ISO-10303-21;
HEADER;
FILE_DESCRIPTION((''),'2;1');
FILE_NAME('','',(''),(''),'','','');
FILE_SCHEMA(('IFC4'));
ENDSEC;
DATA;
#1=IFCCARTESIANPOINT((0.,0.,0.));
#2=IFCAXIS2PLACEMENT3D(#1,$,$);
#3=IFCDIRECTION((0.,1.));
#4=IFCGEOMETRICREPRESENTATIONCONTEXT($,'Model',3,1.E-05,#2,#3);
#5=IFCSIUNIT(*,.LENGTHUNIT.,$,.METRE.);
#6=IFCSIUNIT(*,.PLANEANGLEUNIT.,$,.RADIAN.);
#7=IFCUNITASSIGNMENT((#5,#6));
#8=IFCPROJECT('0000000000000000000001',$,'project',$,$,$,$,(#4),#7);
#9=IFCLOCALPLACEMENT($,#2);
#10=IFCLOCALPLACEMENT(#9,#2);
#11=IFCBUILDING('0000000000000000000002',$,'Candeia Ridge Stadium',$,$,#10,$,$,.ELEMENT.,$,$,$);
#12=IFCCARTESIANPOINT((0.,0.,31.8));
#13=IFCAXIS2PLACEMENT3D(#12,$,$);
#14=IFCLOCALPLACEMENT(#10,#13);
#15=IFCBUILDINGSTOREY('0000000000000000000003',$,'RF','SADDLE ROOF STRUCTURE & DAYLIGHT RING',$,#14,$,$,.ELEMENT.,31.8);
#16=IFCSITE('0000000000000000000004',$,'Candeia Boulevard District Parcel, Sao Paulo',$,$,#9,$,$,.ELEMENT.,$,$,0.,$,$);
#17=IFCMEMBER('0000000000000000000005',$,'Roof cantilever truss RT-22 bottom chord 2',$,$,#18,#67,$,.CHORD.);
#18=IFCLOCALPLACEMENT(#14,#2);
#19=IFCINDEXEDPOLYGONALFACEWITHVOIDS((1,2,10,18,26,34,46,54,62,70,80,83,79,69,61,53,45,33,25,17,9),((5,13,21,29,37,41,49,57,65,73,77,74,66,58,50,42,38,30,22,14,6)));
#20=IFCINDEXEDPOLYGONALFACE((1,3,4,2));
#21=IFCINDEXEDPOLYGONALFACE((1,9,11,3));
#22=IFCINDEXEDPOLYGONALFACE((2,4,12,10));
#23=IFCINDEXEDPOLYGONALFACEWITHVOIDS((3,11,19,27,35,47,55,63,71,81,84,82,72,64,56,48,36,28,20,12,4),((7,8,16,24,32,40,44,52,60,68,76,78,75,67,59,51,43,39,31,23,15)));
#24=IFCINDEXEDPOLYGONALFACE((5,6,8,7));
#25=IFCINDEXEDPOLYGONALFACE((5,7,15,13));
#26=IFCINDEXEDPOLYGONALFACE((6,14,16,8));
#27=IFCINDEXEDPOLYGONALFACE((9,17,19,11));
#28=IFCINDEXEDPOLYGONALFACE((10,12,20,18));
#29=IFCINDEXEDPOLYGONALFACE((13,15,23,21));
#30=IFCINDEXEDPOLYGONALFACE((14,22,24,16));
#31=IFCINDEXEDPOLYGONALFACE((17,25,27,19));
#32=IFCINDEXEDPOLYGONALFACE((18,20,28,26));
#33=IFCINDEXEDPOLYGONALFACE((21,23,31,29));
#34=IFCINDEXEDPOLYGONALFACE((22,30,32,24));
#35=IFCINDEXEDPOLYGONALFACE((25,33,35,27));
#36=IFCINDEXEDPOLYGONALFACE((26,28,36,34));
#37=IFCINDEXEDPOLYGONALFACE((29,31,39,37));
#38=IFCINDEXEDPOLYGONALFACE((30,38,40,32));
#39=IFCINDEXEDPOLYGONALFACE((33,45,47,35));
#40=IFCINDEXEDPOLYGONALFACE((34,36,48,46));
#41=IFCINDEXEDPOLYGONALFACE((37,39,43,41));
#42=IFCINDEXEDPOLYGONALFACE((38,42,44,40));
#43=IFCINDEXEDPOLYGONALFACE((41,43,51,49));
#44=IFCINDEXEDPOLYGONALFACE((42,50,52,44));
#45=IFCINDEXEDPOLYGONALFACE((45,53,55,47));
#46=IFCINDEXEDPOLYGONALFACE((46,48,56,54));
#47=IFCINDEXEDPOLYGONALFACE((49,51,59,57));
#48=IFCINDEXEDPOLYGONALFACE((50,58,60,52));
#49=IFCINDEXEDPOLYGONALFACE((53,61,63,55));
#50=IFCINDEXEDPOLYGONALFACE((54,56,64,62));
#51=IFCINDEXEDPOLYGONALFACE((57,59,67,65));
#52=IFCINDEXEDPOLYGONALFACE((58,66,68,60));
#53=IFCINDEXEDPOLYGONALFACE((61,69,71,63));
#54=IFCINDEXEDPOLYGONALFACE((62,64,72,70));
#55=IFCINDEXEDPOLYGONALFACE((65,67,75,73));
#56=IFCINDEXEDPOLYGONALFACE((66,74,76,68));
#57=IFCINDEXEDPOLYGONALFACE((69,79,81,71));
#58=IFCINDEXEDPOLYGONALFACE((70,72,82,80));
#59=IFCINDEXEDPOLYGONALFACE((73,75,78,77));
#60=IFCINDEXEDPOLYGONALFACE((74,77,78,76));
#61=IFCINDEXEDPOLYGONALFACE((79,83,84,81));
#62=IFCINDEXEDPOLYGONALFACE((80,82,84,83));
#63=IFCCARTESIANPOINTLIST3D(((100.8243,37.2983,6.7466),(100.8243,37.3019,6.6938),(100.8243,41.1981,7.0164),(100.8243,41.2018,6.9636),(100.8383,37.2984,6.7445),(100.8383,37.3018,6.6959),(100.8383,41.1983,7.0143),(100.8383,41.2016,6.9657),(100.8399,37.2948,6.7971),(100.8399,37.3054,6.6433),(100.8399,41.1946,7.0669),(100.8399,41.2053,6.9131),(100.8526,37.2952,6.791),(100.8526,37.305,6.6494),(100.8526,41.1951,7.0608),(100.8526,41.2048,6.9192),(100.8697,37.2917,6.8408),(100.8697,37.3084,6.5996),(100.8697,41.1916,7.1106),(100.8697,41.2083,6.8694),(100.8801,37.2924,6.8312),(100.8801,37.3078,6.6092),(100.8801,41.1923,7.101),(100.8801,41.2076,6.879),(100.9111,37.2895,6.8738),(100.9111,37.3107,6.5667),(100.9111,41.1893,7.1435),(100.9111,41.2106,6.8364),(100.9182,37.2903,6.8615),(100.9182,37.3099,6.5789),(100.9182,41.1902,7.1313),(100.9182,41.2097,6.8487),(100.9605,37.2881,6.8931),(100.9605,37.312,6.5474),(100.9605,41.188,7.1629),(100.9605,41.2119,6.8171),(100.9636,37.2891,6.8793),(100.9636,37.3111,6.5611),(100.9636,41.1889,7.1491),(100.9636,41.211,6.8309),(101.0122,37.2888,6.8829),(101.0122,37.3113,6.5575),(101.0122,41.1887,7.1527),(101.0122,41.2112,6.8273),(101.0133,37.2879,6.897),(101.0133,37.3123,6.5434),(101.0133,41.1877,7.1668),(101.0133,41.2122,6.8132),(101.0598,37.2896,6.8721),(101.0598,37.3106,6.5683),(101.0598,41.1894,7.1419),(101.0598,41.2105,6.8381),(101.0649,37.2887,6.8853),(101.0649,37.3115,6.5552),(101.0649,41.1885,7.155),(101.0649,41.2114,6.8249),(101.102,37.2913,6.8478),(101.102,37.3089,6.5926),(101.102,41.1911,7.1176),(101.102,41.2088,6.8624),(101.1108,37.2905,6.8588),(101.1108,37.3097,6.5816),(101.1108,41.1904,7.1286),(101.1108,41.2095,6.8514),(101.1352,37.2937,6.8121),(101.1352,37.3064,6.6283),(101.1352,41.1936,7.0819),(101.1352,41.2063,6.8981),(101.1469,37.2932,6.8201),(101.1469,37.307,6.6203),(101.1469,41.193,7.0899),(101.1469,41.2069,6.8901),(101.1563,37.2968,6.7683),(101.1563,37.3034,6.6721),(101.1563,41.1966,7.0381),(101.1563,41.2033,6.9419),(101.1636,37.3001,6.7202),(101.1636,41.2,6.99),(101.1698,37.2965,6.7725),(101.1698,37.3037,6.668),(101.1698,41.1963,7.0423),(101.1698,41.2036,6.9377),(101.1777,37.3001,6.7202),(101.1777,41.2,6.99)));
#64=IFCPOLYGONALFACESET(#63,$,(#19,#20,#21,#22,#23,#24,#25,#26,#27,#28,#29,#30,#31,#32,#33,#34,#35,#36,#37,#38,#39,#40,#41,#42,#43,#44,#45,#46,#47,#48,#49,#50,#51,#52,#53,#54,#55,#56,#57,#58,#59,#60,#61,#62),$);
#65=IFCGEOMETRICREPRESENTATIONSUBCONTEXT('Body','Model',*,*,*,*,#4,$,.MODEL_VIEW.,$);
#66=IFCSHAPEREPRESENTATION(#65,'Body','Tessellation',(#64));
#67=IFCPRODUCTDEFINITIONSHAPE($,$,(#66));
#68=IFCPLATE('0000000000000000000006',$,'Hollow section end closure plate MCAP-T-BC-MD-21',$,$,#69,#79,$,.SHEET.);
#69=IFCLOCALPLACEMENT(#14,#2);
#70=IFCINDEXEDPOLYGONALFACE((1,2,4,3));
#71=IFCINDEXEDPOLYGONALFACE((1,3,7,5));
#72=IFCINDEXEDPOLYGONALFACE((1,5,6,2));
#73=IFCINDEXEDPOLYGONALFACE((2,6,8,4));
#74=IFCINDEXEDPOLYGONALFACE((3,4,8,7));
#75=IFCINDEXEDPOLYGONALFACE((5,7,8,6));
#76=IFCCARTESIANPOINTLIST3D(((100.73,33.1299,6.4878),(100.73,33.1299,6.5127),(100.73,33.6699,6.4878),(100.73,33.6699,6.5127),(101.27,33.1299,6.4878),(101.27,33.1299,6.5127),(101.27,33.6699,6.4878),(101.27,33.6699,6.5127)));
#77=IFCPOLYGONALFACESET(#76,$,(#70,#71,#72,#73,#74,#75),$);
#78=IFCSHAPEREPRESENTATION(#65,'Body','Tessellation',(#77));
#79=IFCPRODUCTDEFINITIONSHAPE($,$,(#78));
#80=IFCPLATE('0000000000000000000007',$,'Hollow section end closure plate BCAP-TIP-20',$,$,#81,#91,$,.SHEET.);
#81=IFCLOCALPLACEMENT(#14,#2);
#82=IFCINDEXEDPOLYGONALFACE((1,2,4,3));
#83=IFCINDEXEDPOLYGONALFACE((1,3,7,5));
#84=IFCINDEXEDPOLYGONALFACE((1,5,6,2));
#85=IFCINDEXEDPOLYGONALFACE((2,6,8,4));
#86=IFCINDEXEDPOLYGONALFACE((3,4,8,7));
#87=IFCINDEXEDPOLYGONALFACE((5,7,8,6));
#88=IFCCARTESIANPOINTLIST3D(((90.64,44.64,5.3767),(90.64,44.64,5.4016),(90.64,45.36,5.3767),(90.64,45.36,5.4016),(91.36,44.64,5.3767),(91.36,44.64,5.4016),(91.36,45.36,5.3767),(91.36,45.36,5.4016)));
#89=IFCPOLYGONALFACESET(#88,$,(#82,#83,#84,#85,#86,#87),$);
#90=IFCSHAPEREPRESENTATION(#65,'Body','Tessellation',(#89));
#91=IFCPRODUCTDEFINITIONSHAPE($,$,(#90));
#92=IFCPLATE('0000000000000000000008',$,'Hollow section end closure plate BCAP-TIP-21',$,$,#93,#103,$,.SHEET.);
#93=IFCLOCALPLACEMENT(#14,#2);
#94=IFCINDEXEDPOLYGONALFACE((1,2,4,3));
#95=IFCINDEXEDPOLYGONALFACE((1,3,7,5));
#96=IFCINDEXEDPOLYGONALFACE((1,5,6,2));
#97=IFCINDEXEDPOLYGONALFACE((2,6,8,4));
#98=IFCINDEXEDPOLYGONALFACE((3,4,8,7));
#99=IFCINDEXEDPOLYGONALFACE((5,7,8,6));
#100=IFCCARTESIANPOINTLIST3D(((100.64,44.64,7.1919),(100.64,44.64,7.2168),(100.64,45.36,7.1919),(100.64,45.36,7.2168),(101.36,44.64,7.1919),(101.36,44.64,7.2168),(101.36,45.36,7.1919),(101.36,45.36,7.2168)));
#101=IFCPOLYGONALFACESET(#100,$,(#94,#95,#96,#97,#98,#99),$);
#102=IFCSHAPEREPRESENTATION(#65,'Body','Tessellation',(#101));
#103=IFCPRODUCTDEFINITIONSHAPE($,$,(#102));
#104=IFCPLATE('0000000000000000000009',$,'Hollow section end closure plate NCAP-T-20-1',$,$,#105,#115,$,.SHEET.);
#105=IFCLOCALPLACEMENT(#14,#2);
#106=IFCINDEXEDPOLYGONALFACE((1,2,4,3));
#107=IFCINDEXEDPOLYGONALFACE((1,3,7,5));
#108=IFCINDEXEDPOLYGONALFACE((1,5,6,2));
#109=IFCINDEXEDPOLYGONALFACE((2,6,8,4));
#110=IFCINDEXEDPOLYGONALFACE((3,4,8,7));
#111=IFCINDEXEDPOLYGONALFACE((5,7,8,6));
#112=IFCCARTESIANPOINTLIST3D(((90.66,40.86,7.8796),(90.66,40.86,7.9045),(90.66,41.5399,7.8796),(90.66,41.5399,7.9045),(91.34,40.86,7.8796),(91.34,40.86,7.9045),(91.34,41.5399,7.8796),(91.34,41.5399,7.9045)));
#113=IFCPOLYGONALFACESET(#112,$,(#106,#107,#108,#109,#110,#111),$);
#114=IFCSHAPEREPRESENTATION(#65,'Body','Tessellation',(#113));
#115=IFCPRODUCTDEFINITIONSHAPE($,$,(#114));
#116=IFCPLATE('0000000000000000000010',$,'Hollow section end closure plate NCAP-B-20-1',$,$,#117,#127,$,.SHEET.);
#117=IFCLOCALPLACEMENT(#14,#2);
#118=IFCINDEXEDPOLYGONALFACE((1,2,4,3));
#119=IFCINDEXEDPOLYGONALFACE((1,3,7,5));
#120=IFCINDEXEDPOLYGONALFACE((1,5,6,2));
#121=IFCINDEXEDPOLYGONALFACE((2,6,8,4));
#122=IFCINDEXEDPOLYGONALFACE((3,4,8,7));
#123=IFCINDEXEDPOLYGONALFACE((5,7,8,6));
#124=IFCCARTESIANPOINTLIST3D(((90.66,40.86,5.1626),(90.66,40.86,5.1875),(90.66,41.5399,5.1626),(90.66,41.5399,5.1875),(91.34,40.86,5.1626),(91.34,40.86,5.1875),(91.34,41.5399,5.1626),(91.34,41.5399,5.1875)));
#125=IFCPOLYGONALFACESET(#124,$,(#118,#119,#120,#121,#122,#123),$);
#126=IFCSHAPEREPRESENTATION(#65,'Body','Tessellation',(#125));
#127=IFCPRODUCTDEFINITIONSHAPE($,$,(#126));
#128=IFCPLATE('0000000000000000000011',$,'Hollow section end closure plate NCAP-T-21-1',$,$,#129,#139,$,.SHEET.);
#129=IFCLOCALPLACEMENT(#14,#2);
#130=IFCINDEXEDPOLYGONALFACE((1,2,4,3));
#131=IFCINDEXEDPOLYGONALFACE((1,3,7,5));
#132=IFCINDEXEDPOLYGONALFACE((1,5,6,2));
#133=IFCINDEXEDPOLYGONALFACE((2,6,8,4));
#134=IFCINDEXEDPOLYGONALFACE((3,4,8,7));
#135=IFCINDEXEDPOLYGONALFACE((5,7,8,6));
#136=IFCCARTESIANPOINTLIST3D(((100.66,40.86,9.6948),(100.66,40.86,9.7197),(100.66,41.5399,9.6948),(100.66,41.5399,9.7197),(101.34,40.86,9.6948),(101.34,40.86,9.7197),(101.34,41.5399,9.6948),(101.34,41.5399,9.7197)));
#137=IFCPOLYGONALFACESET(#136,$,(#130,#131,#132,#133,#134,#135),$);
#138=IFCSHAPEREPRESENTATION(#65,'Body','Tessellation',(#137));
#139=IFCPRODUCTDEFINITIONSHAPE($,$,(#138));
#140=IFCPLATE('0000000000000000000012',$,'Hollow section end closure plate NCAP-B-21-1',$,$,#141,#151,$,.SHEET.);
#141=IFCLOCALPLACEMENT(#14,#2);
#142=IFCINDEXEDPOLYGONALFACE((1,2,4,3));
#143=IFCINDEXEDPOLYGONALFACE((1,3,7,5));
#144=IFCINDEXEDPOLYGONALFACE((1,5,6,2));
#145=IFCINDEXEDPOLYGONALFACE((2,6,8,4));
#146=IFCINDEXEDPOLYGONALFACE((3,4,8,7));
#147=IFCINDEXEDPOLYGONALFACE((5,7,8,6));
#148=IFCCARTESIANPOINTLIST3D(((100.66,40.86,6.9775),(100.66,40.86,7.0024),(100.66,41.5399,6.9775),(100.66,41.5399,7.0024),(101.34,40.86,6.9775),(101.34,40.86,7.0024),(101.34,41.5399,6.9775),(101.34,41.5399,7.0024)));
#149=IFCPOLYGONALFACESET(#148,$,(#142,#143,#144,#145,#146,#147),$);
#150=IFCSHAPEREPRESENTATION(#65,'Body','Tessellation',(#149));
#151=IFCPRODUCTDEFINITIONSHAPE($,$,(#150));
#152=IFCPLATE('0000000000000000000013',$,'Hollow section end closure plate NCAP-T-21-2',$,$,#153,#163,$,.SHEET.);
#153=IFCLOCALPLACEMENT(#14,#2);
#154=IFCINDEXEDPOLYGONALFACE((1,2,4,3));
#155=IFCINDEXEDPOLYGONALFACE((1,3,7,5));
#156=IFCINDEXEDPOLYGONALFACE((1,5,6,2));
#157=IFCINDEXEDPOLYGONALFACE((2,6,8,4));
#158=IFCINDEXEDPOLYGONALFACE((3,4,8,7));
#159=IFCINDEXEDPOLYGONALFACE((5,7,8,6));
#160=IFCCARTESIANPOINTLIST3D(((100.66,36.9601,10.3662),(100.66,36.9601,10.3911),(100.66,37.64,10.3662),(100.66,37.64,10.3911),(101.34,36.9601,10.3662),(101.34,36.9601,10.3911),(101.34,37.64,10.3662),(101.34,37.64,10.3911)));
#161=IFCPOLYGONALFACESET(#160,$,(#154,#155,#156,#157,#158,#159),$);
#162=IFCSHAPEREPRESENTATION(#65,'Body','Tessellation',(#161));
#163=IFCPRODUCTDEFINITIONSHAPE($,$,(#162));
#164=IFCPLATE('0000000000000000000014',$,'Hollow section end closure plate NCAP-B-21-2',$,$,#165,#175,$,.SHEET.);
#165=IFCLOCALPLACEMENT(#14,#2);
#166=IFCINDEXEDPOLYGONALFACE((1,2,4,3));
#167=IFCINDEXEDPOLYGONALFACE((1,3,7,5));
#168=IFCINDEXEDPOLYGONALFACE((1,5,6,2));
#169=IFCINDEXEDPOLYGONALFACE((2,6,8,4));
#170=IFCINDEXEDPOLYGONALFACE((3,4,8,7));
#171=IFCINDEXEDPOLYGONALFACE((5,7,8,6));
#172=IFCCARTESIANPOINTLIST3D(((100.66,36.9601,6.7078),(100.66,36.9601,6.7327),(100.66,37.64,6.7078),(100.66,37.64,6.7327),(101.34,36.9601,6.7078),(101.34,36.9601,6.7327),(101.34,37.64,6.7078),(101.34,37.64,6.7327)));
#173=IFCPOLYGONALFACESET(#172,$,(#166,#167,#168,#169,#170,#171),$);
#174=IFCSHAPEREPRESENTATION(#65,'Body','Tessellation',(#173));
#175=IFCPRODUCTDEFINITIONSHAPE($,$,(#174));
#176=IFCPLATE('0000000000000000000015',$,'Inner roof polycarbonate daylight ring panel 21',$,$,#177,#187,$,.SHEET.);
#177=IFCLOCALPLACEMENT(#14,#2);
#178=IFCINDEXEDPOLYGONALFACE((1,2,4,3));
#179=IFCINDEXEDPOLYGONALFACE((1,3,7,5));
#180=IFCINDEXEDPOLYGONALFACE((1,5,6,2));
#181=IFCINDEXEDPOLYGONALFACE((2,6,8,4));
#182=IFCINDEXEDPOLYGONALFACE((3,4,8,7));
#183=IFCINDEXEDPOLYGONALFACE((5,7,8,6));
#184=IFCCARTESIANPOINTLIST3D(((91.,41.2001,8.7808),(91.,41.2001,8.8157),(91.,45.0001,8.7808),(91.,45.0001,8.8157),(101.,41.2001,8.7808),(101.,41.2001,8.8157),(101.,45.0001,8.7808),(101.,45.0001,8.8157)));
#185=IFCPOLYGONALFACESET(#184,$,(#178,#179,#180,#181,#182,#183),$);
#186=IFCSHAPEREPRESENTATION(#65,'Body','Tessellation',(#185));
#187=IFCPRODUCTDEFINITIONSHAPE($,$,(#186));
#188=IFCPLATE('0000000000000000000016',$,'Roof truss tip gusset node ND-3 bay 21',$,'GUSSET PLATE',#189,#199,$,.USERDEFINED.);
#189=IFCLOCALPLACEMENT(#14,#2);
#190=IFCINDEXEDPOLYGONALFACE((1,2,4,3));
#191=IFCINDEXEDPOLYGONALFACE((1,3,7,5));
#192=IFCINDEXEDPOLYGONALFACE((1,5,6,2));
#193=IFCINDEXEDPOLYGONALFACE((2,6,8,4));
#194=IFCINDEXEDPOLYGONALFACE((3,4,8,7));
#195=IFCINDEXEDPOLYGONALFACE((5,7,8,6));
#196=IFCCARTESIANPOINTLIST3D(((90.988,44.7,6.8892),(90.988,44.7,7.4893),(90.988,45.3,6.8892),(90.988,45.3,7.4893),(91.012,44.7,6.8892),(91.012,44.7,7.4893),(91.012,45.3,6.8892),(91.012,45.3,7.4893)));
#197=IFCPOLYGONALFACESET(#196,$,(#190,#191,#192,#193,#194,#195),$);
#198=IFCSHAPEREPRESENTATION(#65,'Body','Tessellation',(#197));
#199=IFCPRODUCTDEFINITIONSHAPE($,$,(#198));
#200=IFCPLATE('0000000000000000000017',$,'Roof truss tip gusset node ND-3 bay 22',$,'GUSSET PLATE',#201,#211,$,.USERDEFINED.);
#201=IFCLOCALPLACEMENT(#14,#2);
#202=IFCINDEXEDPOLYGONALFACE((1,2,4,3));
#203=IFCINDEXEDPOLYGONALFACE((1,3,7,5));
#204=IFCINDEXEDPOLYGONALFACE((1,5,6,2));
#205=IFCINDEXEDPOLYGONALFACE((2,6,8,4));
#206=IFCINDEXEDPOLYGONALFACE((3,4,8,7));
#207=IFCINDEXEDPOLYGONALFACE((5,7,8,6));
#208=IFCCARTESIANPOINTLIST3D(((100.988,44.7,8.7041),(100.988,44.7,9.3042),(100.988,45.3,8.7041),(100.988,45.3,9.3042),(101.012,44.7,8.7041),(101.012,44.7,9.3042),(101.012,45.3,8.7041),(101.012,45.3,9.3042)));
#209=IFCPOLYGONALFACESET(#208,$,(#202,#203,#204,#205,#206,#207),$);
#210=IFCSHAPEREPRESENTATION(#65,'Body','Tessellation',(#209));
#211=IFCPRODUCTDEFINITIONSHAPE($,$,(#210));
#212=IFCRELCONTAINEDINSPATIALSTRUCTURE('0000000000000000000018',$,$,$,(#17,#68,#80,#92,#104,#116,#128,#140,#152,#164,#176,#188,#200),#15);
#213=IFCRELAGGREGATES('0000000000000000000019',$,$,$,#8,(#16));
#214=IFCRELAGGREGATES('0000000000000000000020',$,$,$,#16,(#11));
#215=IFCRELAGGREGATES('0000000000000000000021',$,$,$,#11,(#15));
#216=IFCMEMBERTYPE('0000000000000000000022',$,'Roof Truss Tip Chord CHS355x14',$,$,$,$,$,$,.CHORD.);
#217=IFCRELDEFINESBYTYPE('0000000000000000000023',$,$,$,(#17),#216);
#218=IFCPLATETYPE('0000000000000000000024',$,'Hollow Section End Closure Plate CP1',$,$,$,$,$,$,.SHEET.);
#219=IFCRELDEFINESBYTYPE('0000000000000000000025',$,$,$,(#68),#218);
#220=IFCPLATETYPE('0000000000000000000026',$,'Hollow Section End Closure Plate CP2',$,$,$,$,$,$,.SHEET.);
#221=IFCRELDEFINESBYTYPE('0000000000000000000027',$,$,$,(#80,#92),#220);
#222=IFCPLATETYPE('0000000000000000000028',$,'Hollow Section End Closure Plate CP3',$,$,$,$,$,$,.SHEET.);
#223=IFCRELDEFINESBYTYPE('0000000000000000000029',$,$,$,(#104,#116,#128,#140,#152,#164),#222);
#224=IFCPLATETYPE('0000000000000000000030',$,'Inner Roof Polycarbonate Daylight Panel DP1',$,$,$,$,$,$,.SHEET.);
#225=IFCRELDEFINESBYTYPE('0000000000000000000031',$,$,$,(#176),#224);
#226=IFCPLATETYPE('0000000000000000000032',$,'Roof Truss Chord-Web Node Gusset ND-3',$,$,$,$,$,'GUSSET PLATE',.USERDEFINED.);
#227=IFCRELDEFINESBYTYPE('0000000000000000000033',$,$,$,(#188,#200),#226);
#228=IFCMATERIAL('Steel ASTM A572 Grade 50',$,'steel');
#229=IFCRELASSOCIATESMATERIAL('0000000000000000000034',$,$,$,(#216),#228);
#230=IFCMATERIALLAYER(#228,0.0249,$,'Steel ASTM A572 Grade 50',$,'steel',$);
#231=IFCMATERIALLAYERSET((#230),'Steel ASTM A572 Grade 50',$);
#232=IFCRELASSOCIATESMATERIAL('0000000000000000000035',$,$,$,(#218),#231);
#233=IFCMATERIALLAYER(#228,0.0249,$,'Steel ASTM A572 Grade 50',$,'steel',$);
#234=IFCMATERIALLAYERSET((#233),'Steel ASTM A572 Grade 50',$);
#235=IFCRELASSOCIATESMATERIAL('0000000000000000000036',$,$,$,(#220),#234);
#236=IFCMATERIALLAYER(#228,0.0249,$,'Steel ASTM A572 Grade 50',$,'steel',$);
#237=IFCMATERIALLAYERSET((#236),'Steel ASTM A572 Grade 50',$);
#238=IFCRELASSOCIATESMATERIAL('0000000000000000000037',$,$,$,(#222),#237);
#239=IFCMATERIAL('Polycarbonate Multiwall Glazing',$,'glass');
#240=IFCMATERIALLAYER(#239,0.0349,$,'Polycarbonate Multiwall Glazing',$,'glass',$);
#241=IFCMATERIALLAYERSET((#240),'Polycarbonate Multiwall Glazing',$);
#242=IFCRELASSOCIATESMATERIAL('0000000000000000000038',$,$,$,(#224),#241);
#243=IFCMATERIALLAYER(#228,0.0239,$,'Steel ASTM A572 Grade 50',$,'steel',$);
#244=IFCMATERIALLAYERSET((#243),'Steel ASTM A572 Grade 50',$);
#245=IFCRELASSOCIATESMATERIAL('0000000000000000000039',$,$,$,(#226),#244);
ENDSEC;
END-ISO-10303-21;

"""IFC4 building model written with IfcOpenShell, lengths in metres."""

from ifc_helpers import new_model, si_unit, direction, frame, origin, origin_2d, place, context, subcontext, project, spatial, rectangle, hollow_circle, extrude, material, layer, layer_set, material_profile, profile_set, type_object, element, save


model = new_model("IFC4")

# Units and contexts
model_context = context("Model", 3, precision=1e-05, world=origin(), true_north=direction((0.0, 1.0)))
body_context = subcontext(model_context, "Body", "Model", "MODEL_VIEW")
ifc_project = project(units=[si_unit("LENGTHUNIT", "METRE"), si_unit("PLANEANGLEUNIT", "RADIAN")], contexts=[model_context])

# Site, building, storey
site_placement = place(None, origin())
site = spatial("IfcSite", under=ifc_project, at=site_placement, Name="Candeia Boulevard District Parcel, Sao Paulo", CompositionType="ELEMENT", RefElevation=0.0)
building_placement = place(site_placement, origin())
building = spatial("IfcBuilding", under=site, at=building_placement, Name="Candeia Ridge Stadium", CompositionType="ELEMENT")
storey_placement = place(building_placement, frame((0.0, 0.0, 31.8)))
storey = spatial("IfcBuildingStorey", under=building, at=storey_placement, Name="RF", Description="SADDLE ROOF STRUCTURE & DAYLIGHT RING", CompositionType="ELEMENT", Elevation=31.8)

# Shared definitions
ifc_material_1 = material(Name="Steel ASTM A572 Grade 50", Category="steel")

# Member
ifc_material_profile_1 = material_profile(ifc_material_1, hollow_circle(Radius=0.1777, WallThickness=0.0142, at=origin_2d()), Name="CHS355x14", Category="steel")
ifc_profile_set_1 = profile_set([ifc_material_profile_1], Name="Steel ASTM A572 Grade 50")
member_type_1 = type_object("IfcMemberType", Name="Roof Truss Tip Chord CHS355x14", PredefinedType="CHORD", material=ifc_profile_set_1)
member_1_placement = place(storey_placement, frame((101.0, 41.2, 6.99), z_axis=(0.0, -0.997616, -0.06901), x_axis=(1.0, 0.0, 0.0)))
element("IfcMember", 1, at=member_1_placement, inside=storey, type_object=member_type_1, Name="Roof cantilever truss RT-22 bottom chord 2", PredefinedType="CHORD", context=body_context, shape_type="SweptSolid", body=[
    extrude(hollow_circle(Radius=0.1777, WallThickness=0.0142, at=origin_2d()), origin(), (0.0, 0.0, 1.0), 3.9092),
])

# Plates
ifc_layer_1 = layer(ifc_material_1, 0.0249, Name="Steel ASTM A572 Grade 50", Category="steel")
ifc_layer_set_1 = layer_set([ifc_layer_1], Name="Steel ASTM A572 Grade 50")
plate_type_1 = type_object("IfcPlateType", Name="Hollow Section End Closure Plate CP1", PredefinedType="SHEET", material=ifc_layer_set_1)
plate_1_placement = place(storey_placement, frame((101.0, 33.3999, 6.4878), z_axis=(0.0, 0.0, 1.0), x_axis=(1.0, 0.0, 0.0)))
element("IfcPlate", 2, at=plate_1_placement, inside=storey, type_object=plate_type_1, Name="Hollow section end closure plate MCAP-T-BC-MD-21", PredefinedType="SHEET", context=body_context, shape_type="SweptSolid", body=[
    extrude(rectangle(XDim=0.54, YDim=0.54, at=origin_2d()), origin(), (0.0, 0.0, 1.0), 0.0249),
])
ifc_layer_2 = layer(ifc_material_1, 0.0249, Name="Steel ASTM A572 Grade 50", Category="steel")
ifc_layer_set_2 = layer_set([ifc_layer_2], Name="Steel ASTM A572 Grade 50")
plate_type_2 = type_object("IfcPlateType", Name="Hollow Section End Closure Plate CP2", PredefinedType="SHEET", material=ifc_layer_set_2)
for number, where, z_axis, x_axis, name in (
    (3, (91.0, 45.0, 5.3767), (0.0, 0.0, 1.0), (1.0, 0.0, 0.0), "Hollow section end closure plate BCAP-TIP-20"),
    (4, (101.0, 45.0, 7.1919), (0.0, 0.0, 1.0), (1.0, 0.0, 0.0), "Hollow section end closure plate BCAP-TIP-21"),
):
    element("IfcPlate", number, at=place(storey_placement, frame(where, z_axis=z_axis, x_axis=x_axis)), inside=storey, type_object=plate_type_2, Name=name, PredefinedType="SHEET", context=body_context, shape_type="SweptSolid", body=[
        extrude(rectangle(XDim=0.72, YDim=0.72, at=origin_2d()), origin(), (0.0, 0.0, 1.0), 0.0249),
    ])
ifc_layer_3 = layer(ifc_material_1, 0.0249, Name="Steel ASTM A572 Grade 50", Category="steel")
ifc_layer_set_3 = layer_set([ifc_layer_3], Name="Steel ASTM A572 Grade 50")
plate_type_3 = type_object("IfcPlateType", Name="Hollow Section End Closure Plate CP3", PredefinedType="SHEET", material=ifc_layer_set_3)
for number, where, z_axis, x_axis, name in (
    (5, (91.0, 41.2, 7.8796), (0.0, 0.0, 1.0), (1.0, 0.0, 0.0), "Hollow section end closure plate NCAP-T-20-1"),
    (6, (91.0, 41.2, 5.1626), (0.0, 0.0, 1.0), (1.0, 0.0, 0.0), "Hollow section end closure plate NCAP-B-20-1"),
    (7, (101.0, 41.2, 9.6948), (0.0, 0.0, 1.0), (1.0, 0.0, 0.0), "Hollow section end closure plate NCAP-T-21-1"),
    (8, (101.0, 41.2, 6.9775), (0.0, 0.0, 1.0), (1.0, 0.0, 0.0), "Hollow section end closure plate NCAP-B-21-1"),
    (9, (101.0, 37.3, 10.3662), (0.0, 0.0, 1.0), (1.0, 0.0, 0.0), "Hollow section end closure plate NCAP-T-21-2"),
    (10, (101.0, 37.3, 6.7078), (0.0, 0.0, 1.0), (1.0, 0.0, 0.0), "Hollow section end closure plate NCAP-B-21-2"),
):
    element("IfcPlate", number, at=place(storey_placement, frame(where, z_axis=z_axis, x_axis=x_axis)), inside=storey, type_object=plate_type_3, Name=name, PredefinedType="SHEET", context=body_context, shape_type="SweptSolid", body=[
        extrude(rectangle(XDim=0.6799, YDim=0.6799, at=origin_2d()), origin(), (0.0, 0.0, 1.0), 0.0249),
    ])
ifc_material_2 = material(Name="Polycarbonate Multiwall Glazing", Category="glass")
ifc_layer_4 = layer(ifc_material_2, 0.0349, Name="Polycarbonate Multiwall Glazing", Category="glass")
ifc_layer_set_4 = layer_set([ifc_layer_4], Name="Polycarbonate Multiwall Glazing")
plate_type_4 = type_object("IfcPlateType", Name="Inner Roof Polycarbonate Daylight Panel DP1", PredefinedType="SHEET", material=ifc_layer_set_4)
plate_2_placement = place(storey_placement, frame((96.0, 43.1001, 8.7808), z_axis=(0.0, 0.0, 1.0), x_axis=(1.0, 0.0, 0.0)))
element("IfcPlate", 11, at=plate_2_placement, inside=storey, type_object=plate_type_4, Name="Inner roof polycarbonate daylight ring panel 21", PredefinedType="SHEET", context=body_context, shape_type="SweptSolid", body=[
    extrude(rectangle(XDim=10.0, YDim=3.8, at=origin_2d()), origin(), (0.0, 0.0, 1.0), 0.0349),
])
ifc_layer_5 = layer(ifc_material_1, 0.0239, Name="Steel ASTM A572 Grade 50", Category="steel")
ifc_layer_set_5 = layer_set([ifc_layer_5], Name="Steel ASTM A572 Grade 50")
plate_type_5 = type_object("IfcPlateType", Name="Roof Truss Chord-Web Node Gusset ND-3", ElementType="GUSSET PLATE", PredefinedType="USERDEFINED", material=ifc_layer_set_5)
for number, where, z_axis, x_axis, name in (
    (12, (91.0, 45.0, 6.8892), (0.0, 0.0, 1.0), (0.0, -1.0, 0.0), "Roof truss tip gusset node ND-3 bay 21"),
    (13, (101.0, 45.0, 8.7041), (0.0, 0.0, 1.0), (0.0, -1.0, 0.0), "Roof truss tip gusset node ND-3 bay 22"),
):
    element("IfcPlate", number, at=place(storey_placement, frame(where, z_axis=z_axis, x_axis=x_axis)), inside=storey, type_object=plate_type_5, Name=name, ObjectType="GUSSET PLATE", PredefinedType="USERDEFINED", context=body_context, shape_type="SweptSolid", body=[
        extrude(rectangle(XDim=0.6001, YDim=0.0239, at=origin_2d()), origin(), (0.0, 0.0, 1.0), 0.6001),
    ])

save(model, "model.ifc")
